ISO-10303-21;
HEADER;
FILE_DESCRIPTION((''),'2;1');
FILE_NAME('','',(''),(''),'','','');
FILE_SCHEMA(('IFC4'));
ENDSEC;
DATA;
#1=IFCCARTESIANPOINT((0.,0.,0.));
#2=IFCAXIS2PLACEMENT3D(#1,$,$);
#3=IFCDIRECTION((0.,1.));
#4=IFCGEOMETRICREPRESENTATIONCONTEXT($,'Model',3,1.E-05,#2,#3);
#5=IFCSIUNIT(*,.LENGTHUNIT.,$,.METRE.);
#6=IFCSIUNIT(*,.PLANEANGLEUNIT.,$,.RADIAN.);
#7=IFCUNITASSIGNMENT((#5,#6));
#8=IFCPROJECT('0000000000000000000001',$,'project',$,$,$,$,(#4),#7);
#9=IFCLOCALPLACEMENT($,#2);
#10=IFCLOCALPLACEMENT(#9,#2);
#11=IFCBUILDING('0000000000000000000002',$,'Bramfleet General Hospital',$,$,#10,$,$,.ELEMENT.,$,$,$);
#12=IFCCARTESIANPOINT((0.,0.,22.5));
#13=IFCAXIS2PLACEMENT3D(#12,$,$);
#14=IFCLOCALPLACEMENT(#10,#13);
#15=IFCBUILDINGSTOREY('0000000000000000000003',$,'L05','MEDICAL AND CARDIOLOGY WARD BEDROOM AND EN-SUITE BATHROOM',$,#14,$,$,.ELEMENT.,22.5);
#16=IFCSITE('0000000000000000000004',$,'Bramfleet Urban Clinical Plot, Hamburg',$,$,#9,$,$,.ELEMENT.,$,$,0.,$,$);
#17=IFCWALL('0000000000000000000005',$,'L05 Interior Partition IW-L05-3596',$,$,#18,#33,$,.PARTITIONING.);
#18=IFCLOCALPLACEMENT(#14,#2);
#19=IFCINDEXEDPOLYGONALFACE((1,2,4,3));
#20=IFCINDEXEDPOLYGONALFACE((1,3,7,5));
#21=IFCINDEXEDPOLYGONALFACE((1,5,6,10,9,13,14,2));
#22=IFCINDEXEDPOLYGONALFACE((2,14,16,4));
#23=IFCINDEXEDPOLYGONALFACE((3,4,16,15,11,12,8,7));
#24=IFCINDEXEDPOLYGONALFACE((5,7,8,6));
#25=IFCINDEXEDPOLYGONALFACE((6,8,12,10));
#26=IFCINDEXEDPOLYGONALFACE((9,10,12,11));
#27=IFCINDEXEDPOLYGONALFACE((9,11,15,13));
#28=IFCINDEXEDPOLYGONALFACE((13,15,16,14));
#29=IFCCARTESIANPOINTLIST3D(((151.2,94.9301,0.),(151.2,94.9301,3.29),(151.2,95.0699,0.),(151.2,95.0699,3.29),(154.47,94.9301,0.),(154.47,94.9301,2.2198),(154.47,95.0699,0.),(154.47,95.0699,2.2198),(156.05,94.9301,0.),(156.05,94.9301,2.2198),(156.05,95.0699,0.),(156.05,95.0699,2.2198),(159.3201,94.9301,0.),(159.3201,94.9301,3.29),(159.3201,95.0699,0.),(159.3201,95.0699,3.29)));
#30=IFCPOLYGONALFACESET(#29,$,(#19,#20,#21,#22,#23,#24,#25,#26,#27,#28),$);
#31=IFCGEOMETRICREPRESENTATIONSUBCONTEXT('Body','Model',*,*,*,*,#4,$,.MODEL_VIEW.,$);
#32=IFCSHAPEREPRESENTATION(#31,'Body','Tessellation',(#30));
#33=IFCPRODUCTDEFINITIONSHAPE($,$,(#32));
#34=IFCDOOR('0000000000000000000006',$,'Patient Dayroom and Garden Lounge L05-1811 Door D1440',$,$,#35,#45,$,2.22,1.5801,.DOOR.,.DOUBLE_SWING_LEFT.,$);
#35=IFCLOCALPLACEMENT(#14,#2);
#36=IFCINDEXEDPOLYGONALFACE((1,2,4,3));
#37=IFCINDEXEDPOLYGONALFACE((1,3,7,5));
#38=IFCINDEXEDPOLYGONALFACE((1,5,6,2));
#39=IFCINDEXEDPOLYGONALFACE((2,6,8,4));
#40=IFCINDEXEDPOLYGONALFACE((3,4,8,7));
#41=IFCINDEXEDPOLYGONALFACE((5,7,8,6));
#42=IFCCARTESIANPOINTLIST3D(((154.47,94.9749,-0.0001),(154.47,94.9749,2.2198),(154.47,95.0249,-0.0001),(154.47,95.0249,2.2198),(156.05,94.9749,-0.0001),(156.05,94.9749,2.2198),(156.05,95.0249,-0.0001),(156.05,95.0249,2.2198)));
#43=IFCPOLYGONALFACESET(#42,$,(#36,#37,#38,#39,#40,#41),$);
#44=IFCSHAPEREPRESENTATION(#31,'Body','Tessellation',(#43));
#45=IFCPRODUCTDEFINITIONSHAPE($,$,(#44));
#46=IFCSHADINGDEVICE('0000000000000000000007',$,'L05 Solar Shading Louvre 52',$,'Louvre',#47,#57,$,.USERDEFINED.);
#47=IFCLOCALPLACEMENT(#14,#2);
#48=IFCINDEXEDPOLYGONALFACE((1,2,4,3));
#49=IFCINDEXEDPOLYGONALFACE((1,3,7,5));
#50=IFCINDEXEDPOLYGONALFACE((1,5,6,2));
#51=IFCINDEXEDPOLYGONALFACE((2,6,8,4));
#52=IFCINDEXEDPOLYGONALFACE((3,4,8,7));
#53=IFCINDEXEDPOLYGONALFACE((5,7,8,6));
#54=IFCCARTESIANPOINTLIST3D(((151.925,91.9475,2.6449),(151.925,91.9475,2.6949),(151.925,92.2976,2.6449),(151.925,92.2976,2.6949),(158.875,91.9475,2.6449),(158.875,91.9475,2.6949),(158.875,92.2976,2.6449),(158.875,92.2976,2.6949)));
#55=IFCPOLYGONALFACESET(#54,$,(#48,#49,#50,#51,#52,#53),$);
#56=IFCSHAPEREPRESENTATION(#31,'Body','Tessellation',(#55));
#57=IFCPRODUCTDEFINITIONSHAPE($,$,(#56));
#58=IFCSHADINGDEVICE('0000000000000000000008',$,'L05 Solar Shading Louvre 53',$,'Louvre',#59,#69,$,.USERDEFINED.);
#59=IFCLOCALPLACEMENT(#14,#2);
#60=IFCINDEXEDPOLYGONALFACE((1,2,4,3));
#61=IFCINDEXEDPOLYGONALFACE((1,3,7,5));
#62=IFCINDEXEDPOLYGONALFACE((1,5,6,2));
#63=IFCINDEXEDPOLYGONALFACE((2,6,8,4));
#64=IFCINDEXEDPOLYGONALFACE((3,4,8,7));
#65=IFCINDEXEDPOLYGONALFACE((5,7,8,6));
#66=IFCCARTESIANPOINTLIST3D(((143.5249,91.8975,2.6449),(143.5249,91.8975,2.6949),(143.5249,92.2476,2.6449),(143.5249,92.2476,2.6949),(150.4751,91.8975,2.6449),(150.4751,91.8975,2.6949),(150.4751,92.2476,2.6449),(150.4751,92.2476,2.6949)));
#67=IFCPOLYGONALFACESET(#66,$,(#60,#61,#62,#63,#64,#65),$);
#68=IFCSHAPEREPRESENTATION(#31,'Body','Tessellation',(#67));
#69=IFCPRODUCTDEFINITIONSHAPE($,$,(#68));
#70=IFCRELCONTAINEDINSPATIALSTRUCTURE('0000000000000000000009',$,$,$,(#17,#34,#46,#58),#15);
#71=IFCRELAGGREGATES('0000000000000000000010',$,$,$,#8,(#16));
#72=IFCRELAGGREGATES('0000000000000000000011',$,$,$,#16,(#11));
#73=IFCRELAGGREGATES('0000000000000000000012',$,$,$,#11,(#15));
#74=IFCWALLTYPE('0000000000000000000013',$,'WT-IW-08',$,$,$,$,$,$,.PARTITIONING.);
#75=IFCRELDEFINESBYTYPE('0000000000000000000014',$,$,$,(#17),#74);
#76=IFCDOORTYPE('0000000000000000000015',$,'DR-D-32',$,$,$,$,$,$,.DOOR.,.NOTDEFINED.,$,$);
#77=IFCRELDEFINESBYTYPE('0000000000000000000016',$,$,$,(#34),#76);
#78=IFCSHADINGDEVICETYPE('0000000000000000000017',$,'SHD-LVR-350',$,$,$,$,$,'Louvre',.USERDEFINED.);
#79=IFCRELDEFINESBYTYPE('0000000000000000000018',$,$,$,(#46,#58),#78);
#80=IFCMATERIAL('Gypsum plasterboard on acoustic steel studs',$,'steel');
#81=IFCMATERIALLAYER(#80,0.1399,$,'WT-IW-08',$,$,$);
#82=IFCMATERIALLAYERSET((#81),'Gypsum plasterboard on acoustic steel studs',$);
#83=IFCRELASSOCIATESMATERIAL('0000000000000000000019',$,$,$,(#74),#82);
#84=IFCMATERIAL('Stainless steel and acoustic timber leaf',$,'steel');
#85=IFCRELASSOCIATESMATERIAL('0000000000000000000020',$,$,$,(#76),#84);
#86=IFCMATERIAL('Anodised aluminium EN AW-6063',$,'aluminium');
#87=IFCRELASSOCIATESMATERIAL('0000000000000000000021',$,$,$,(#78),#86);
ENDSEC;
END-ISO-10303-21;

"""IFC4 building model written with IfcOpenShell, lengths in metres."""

from ifc_helpers import new_model, si_unit, direction, frame, frame_2d, origin, origin_2d, place, context, subcontext, project, spatial, rectangle, extrude, material, layer, layer_set, material_profile, profile_set, type_object, element, fill, save


model = new_model("IFC4")

# Units and contexts
model_context = context("Model", 3, precision=1e-05, world=origin(), true_north=direction((0.0, 1.0)))
body_context = subcontext(model_context, "Body", "Model", "MODEL_VIEW")
ifc_project = project(units=[si_unit("LENGTHUNIT", "METRE"), si_unit("PLANEANGLEUNIT", "RADIAN")], contexts=[model_context])

# Site, building, storey
site_placement = place(None, origin())
site = spatial("IfcSite", under=ifc_project, at=site_placement, Name="Bramfleet Urban Clinical Plot, Hamburg", CompositionType="ELEMENT", RefElevation=0.0)
building_placement = place(site_placement, origin())
building = spatial("IfcBuilding", under=site, at=building_placement, Name="Bramfleet General Hospital", CompositionType="ELEMENT")
storey_placement = place(building_placement, frame((0.0, 0.0, 22.5)))
storey = spatial("IfcBuildingStorey", under=building, at=storey_placement, Name="L05", Description="MEDICAL AND CARDIOLOGY WARD BEDROOM AND EN-SUITE BATHROOM", CompositionType="ELEMENT", Elevation=22.5)

# Wall, opening, door
ifc_material_1 = material(Name="Gypsum plasterboard on acoustic steel studs", Category="steel")
ifc_layer_1 = layer(ifc_material_1, 0.1399, Name="WT-IW-08")
ifc_layer_set_1 = layer_set([ifc_layer_1], Name="Gypsum plasterboard on acoustic steel studs")
wall_type_1 = type_object("IfcWallType", Name="WT-IW-08", PredefinedType="PARTITIONING", material=ifc_layer_set_1)
wall_1_placement = place(storey_placement, frame((151.2, 95.0, 0.0), z_axis=(0.0, 0.0, 1.0), x_axis=(1.0, 0.0, 0.0)))
wall_1 = element("IfcWall", 1, at=wall_1_placement, inside=storey, type_object=wall_type_1, Name="L05 Interior Partition IW-L05-3596", PredefinedType="PARTITIONING", context=body_context, shape_type="SweptSolid", body=[
    extrude(rectangle(XDim=8.1201, YDim=0.1399, at=frame_2d((4.0601, 0.0))), origin(), (0.0, 0.0, 1.0), 3.29),
])
opening_1_placement = place(wall_1_placement, frame((3.27, 0.0, 0.0)))
opening_1 = element("IfcOpeningElement", 2, at=opening_1_placement, cuts=wall_1, PredefinedType="OPENING", context=body_context, shape_type="SweptSolid", body=[
    extrude(rectangle(XDim=1.5801, YDim=2.22, at=frame_2d((0.79, 1.1099))), frame((0.0, 0.0798, 0.0), z_axis=(0.0, -1.0, 0.0), x_axis=(1.0, 0.0, 0.0)), (0.0, 0.0, 1.0), 0.1599),
])
ifc_material_2 = material(Name="Stainless steel and acoustic timber leaf", Category="steel")
door_type = type_object("IfcDoorType", Name="DR-D-32", OperationType="NOTDEFINED", PredefinedType="DOOR", material=ifc_material_2)
door_placement = place(opening_1_placement, origin())
door = element("IfcDoor", 3, at=door_placement, inside=storey, type_object=door_type, Name="Patient Dayroom and Garden Lounge L05-1811 Door D1440", OperationType="DOUBLE_SWING_LEFT", OverallHeight=2.22, OverallWidth=1.5801, PredefinedType="DOOR", context=body_context, shape_type="SweptSolid", body=[
    extrude(rectangle(XDim=1.5801, YDim=2.22, at=frame_2d((0.79, 1.1099))), frame((0.0, 0.0249, 0.0), z_axis=(0.0, -1.0, 0.0), x_axis=(1.0, 0.0, 0.0)), (0.0, 0.0, 1.0), 0.05),
])
fill(opening_1, door)

# Shading devices
ifc_material_3 = material(Name="Anodised aluminium EN AW-6063", Category="aluminium")
ifc_material_profile_1 = material_profile(ifc_material_3, rectangle(XDim=0.05, YDim=0.3501, at=origin_2d()), Name="ALU LOUVRE 350x50")
ifc_profile_set_1 = profile_set([ifc_material_profile_1], Name="Anodised aluminium EN AW-6063")
shading_device_type = type_object("IfcShadingDeviceType", Name="SHD-LVR-350", ElementType="Louvre", PredefinedType="USERDEFINED", material=ifc_profile_set_1)
shading_device_1_placement = place(storey_placement, frame((158.875, 92.1226, 2.6699), z_axis=(-1.0, 0.0, 0.0), x_axis=(0.0, 0.0, 1.0)))
element("IfcShadingDevice", 4, at=shading_device_1_placement, inside=storey, type_object=shading_device_type, Name="L05 Solar Shading Louvre 52", ObjectType="Louvre", PredefinedType="USERDEFINED", context=body_context, shape_type="SweptSolid", body=[
    extrude(rectangle(XDim=0.05, YDim=0.3501, at=origin_2d()), origin(), (0.0, 0.0, 1.0), 6.95),
])
shading_device_2_placement = place(storey_placement, frame((150.4751, 92.0725, 2.6699), z_axis=(-1.0, 0.0, 0.0), x_axis=(0.0, 0.0, 1.0)))
element("IfcShadingDevice", 5, at=shading_device_2_placement, inside=storey, type_object=shading_device_type, Name="L05 Solar Shading Louvre 53", ObjectType="Louvre", PredefinedType="USERDEFINED", context=body_context, shape_type="SweptSolid", body=[
    extrude(rectangle(XDim=0.05, YDim=0.3501, at=origin_2d()), origin(), (0.0, 0.0, 1.0), 6.9502),
])

save(model, "model.ifc")
